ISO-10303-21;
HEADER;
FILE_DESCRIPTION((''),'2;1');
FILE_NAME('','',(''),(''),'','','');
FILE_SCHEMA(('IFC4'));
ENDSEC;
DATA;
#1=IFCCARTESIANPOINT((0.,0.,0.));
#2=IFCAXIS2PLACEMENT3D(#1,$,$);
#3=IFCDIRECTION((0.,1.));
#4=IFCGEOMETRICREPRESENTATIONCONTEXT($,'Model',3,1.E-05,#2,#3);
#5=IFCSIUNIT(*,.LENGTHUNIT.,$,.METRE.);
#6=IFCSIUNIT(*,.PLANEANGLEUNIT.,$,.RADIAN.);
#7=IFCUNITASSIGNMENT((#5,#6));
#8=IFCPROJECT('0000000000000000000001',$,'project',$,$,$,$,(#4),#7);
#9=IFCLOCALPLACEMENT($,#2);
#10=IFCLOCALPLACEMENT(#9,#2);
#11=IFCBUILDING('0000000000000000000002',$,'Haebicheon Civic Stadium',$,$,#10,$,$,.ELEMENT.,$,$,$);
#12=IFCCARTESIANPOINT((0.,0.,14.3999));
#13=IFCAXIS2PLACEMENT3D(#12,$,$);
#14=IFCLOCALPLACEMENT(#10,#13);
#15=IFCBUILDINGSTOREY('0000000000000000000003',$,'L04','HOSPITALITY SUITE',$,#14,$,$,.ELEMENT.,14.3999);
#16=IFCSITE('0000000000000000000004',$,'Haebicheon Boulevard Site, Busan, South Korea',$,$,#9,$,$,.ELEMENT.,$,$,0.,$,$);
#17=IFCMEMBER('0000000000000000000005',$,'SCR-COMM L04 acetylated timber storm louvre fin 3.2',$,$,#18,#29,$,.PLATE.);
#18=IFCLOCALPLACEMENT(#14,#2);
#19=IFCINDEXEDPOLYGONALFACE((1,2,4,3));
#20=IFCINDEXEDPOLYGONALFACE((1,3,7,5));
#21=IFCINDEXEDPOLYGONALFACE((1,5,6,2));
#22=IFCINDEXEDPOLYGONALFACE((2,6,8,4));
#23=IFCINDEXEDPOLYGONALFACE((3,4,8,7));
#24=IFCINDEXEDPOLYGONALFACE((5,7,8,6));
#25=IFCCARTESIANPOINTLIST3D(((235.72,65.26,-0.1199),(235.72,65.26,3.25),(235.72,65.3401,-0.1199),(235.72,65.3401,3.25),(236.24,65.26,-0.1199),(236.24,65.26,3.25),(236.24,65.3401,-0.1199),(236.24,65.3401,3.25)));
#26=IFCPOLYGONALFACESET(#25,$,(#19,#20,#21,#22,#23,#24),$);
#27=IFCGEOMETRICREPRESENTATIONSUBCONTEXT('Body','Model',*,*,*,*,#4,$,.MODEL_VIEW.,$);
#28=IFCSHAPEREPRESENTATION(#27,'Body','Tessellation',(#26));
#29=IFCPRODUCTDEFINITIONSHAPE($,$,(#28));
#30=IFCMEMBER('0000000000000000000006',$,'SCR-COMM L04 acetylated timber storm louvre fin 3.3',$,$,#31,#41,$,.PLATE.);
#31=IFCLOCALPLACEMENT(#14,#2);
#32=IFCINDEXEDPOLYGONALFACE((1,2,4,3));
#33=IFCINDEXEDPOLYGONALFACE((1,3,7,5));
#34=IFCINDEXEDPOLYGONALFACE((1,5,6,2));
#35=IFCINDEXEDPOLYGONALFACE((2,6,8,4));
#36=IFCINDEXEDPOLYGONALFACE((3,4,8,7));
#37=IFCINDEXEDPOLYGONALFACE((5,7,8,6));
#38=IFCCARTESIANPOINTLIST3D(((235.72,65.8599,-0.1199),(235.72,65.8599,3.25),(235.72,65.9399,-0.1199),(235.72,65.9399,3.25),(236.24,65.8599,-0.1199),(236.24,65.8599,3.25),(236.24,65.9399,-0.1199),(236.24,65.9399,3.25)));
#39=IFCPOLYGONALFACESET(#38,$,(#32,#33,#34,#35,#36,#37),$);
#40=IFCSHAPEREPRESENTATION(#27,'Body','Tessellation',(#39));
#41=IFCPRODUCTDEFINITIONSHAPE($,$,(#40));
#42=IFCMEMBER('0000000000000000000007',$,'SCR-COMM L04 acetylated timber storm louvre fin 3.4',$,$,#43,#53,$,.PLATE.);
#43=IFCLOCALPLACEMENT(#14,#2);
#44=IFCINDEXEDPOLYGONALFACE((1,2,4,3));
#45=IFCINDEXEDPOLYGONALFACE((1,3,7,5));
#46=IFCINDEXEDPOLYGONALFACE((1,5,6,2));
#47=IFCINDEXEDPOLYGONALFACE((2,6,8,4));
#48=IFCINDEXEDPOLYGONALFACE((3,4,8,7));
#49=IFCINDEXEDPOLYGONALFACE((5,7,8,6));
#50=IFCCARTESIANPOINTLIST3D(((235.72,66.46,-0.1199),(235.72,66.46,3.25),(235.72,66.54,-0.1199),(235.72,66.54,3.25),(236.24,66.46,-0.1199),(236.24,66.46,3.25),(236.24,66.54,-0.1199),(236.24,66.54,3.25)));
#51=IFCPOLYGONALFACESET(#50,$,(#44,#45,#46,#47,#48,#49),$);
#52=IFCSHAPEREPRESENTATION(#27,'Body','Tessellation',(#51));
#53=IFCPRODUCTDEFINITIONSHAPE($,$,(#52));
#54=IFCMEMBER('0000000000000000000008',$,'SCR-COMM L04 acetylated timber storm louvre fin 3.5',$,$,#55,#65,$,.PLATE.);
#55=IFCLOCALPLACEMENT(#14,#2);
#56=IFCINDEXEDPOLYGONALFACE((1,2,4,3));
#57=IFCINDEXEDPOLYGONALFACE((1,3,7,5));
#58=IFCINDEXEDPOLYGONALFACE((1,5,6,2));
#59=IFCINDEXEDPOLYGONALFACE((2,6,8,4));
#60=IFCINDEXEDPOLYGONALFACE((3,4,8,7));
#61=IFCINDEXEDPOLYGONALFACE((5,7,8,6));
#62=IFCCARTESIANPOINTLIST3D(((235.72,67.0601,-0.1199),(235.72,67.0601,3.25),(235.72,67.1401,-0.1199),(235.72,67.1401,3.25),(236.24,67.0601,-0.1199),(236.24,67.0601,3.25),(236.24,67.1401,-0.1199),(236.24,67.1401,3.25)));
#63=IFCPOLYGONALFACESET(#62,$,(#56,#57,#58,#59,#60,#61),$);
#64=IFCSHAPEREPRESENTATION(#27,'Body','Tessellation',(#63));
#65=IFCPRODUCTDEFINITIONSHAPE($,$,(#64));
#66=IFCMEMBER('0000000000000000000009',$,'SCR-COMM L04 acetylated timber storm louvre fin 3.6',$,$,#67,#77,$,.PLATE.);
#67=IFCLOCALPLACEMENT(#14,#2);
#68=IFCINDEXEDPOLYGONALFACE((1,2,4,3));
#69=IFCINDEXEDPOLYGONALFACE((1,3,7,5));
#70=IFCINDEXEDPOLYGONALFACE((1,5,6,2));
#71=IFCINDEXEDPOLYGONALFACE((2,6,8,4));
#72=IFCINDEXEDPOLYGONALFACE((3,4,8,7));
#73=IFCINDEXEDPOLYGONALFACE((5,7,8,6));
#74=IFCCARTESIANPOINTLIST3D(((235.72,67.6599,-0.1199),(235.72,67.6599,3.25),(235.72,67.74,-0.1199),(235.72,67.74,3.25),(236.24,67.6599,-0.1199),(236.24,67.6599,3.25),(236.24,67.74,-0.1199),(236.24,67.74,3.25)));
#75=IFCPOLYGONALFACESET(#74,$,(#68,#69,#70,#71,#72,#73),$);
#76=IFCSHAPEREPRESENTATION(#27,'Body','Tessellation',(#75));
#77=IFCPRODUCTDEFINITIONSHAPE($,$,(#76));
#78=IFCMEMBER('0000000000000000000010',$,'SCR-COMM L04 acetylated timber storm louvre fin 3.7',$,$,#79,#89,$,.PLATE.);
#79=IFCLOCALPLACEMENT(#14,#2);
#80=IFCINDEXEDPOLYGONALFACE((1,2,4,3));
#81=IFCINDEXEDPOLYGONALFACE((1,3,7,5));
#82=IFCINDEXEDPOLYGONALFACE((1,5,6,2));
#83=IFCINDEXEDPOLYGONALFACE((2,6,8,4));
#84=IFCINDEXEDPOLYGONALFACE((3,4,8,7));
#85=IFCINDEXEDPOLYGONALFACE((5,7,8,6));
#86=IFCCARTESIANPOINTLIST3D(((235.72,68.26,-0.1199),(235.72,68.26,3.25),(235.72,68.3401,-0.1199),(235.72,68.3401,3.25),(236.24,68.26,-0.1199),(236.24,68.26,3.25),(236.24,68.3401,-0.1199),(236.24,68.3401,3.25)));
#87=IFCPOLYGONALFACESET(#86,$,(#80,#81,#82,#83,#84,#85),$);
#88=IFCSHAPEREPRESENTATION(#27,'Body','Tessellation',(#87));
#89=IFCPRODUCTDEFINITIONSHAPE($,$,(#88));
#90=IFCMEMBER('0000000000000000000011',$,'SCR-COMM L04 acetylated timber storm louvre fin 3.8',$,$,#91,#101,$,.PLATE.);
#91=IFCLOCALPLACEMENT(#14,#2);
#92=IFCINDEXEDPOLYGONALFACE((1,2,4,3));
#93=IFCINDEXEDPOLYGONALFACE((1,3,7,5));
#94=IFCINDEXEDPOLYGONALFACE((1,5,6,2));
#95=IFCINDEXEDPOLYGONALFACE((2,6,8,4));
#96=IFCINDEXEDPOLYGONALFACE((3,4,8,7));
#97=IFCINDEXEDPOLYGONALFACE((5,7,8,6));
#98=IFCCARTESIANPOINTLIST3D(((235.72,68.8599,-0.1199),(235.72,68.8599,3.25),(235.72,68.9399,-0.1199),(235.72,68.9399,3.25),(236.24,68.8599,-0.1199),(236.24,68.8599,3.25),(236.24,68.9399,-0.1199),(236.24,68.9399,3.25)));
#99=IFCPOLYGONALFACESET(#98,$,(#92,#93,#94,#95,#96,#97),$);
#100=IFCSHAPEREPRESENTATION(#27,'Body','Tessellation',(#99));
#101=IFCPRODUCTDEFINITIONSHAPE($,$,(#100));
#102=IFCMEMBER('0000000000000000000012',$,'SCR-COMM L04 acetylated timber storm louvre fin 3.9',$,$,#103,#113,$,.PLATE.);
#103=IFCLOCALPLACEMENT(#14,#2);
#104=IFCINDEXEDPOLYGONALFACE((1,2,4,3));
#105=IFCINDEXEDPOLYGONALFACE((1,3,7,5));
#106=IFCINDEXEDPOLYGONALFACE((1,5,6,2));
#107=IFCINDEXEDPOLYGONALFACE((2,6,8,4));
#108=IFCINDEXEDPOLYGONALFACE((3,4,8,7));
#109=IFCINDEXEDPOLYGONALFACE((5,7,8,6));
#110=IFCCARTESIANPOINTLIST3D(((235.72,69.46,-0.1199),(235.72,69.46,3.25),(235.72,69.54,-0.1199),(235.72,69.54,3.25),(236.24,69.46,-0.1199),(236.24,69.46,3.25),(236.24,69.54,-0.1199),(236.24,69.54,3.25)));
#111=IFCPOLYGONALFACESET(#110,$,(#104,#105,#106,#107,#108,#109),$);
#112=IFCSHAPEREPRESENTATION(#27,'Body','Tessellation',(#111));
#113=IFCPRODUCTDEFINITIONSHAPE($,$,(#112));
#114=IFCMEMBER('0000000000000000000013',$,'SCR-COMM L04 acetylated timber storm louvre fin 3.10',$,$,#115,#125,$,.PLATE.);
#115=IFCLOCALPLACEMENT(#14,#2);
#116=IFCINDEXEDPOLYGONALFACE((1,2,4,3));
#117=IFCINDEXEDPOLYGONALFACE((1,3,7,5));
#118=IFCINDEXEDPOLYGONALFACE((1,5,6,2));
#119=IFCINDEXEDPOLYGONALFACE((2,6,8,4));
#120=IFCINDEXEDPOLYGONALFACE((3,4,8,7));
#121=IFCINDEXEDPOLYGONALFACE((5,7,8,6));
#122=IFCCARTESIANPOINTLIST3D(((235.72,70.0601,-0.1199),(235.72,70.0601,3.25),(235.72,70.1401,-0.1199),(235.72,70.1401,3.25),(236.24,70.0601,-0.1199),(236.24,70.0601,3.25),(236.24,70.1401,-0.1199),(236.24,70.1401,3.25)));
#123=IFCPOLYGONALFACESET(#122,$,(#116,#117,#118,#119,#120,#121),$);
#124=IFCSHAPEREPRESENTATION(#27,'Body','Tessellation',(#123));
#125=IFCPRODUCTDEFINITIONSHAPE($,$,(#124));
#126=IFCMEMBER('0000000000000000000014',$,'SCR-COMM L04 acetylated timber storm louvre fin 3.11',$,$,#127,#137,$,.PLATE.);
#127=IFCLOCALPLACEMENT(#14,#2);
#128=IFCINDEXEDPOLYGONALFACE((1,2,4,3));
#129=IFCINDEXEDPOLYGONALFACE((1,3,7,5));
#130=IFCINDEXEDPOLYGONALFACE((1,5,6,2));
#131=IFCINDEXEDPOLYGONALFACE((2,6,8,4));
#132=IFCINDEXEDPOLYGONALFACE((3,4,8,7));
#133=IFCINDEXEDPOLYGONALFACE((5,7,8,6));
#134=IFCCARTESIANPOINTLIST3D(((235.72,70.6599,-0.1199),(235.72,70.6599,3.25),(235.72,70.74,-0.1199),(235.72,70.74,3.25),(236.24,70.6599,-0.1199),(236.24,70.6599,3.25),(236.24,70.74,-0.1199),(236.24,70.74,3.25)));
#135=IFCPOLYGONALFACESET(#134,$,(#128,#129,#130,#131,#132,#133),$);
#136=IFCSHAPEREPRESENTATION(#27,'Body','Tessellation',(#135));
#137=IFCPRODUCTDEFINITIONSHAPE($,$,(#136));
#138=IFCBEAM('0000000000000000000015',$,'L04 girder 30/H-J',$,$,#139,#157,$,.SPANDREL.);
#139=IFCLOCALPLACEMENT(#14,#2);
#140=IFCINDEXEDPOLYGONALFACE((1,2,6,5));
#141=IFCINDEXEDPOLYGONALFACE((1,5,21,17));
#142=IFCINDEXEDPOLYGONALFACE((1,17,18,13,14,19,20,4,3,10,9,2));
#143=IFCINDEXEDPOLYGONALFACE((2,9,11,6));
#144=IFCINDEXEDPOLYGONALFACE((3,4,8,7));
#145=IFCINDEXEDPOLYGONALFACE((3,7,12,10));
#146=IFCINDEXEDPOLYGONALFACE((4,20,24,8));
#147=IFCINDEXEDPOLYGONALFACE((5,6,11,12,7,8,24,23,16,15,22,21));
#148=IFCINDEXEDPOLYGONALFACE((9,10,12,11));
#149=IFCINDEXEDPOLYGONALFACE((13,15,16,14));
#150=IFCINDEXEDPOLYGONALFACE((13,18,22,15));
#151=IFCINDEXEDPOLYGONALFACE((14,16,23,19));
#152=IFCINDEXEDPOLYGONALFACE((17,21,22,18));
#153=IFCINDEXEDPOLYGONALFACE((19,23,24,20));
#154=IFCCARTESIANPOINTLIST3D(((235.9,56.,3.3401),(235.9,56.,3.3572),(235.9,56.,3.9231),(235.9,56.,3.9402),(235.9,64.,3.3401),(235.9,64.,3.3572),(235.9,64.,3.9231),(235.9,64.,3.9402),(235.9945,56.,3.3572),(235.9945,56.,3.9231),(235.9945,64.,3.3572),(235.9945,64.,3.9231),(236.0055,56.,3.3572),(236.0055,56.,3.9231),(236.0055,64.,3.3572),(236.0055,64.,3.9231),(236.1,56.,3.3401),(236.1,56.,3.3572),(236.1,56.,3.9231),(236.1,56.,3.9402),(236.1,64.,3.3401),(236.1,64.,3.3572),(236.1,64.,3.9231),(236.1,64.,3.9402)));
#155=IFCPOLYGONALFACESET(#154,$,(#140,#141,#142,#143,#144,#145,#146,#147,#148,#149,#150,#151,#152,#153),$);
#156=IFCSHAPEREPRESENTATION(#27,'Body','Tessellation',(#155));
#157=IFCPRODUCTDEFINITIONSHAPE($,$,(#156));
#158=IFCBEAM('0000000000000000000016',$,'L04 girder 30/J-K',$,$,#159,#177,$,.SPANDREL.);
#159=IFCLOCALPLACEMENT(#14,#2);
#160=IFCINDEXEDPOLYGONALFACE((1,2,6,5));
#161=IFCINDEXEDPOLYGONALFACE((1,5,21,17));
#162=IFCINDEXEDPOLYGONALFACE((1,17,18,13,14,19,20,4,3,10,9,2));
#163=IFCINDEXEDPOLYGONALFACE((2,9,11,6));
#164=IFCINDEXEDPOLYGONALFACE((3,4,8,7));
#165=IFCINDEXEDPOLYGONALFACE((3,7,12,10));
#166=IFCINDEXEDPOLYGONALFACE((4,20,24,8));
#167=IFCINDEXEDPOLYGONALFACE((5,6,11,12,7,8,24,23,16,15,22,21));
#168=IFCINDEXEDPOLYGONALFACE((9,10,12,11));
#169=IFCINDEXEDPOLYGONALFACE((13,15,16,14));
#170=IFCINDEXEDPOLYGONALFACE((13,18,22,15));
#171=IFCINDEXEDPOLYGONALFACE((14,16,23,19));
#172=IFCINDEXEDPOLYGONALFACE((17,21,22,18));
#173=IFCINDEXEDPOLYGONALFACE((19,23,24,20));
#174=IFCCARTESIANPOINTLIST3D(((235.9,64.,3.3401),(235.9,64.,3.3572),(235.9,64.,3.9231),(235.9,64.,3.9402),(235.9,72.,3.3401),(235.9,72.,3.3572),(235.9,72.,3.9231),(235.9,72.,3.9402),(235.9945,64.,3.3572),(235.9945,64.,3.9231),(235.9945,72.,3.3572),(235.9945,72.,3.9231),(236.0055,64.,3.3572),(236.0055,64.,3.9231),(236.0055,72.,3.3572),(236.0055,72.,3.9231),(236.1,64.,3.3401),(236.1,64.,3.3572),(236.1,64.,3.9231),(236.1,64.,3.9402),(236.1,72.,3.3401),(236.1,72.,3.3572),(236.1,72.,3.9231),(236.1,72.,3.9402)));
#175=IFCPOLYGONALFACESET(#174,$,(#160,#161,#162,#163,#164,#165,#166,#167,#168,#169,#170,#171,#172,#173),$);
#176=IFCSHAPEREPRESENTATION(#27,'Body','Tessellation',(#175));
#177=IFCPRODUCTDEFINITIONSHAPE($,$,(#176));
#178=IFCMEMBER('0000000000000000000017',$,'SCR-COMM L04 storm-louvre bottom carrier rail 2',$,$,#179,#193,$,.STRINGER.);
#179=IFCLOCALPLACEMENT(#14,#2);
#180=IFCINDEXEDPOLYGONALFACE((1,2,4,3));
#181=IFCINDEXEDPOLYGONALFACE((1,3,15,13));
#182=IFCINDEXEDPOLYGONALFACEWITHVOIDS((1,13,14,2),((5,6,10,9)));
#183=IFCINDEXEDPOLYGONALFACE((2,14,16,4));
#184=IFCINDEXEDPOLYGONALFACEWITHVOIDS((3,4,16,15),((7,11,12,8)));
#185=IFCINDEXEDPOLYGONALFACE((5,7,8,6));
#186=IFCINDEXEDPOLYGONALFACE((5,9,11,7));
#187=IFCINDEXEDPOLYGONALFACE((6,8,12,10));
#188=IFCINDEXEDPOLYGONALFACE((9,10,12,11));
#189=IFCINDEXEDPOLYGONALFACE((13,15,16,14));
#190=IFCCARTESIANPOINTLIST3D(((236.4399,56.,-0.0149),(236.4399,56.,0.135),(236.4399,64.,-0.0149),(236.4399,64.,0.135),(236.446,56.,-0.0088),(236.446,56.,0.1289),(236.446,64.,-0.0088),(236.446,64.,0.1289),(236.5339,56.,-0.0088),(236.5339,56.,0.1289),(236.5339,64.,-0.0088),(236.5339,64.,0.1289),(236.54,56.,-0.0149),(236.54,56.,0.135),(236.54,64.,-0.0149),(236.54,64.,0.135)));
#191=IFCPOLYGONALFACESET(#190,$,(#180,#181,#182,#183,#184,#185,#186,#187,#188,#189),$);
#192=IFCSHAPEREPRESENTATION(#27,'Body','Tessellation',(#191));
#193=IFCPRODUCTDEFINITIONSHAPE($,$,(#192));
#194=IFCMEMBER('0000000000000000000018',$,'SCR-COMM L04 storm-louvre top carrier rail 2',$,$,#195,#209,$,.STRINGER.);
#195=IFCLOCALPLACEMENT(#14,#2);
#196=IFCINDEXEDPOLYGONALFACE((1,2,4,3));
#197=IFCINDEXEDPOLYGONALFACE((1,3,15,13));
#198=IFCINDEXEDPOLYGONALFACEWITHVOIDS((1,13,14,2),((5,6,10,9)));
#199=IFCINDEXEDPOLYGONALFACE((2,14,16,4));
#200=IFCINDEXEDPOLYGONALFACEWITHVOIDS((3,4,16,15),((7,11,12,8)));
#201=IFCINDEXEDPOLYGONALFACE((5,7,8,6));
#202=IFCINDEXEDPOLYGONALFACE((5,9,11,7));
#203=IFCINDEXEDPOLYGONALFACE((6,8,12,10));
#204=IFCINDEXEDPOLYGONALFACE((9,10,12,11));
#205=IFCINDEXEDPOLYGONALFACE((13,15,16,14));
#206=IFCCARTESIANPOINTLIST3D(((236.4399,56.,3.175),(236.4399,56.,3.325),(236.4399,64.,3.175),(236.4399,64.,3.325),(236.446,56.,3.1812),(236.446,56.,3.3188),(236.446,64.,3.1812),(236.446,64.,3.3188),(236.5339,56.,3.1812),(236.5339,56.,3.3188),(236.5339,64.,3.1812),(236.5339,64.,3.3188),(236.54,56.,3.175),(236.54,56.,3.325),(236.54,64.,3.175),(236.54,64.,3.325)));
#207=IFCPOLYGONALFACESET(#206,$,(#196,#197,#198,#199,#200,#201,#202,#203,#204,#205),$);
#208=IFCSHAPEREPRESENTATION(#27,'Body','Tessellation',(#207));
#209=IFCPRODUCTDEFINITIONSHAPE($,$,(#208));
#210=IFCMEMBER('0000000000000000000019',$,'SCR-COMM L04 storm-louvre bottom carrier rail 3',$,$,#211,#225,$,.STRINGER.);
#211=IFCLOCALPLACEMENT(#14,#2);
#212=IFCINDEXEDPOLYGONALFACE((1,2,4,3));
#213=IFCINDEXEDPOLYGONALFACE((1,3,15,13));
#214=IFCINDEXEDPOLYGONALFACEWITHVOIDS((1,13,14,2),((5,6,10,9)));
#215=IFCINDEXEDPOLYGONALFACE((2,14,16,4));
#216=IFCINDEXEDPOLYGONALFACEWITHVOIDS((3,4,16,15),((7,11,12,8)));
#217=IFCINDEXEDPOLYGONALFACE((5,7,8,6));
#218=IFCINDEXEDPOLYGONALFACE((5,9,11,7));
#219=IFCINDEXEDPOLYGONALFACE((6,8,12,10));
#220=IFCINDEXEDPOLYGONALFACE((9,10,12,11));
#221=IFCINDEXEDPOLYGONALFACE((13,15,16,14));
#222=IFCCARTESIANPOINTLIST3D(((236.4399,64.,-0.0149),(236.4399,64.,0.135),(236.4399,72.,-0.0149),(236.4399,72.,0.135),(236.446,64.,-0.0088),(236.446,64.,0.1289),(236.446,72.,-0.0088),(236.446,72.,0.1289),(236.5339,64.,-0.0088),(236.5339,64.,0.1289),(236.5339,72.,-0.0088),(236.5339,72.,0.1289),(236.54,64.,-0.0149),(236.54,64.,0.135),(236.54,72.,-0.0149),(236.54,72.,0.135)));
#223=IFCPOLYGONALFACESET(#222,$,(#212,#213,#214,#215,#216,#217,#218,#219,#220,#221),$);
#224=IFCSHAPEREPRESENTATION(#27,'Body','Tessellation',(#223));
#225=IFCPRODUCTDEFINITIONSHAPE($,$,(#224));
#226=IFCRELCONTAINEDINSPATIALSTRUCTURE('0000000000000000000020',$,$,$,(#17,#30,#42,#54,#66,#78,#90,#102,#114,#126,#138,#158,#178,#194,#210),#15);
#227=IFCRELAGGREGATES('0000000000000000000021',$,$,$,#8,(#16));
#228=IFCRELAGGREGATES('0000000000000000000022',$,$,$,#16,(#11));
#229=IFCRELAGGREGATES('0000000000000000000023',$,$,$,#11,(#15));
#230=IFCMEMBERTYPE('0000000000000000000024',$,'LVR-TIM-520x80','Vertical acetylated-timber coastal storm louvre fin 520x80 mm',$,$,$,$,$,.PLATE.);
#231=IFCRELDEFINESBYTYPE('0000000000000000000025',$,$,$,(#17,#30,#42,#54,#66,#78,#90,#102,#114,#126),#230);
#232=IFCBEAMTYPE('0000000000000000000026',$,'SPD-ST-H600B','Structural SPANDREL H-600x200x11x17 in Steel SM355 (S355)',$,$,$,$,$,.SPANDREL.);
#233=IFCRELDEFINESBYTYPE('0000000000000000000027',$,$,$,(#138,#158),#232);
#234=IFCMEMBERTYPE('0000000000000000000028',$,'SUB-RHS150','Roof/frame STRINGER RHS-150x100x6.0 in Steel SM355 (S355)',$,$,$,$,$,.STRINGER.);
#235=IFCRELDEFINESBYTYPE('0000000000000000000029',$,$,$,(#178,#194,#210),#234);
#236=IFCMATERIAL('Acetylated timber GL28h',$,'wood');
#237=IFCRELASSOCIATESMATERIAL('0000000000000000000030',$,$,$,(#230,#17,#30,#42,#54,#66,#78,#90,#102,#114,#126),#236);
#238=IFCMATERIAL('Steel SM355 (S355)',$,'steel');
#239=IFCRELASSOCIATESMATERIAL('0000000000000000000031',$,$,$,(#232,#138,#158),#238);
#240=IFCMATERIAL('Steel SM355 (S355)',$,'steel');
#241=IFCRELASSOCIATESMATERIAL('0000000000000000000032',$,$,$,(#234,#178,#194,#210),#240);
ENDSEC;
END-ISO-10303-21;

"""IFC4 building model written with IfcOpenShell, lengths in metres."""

from ifc_helpers import new_model, si_unit, direction, frame, origin, origin_2d, place, context, subcontext, project, spatial, rectangle, hollow_rectangle, i_section, extrude, material, material_profile, profile_set, type_object, element, save


model = new_model("IFC4")

# Units and contexts
model_context = context("Model", 3, precision=1e-05, world=origin(), true_north=direction((0.0, 1.0)))
body_context = subcontext(model_context, "Body", "Model", "MODEL_VIEW")
ifc_project = project(units=[si_unit("LENGTHUNIT", "METRE"), si_unit("PLANEANGLEUNIT", "RADIAN")], contexts=[model_context])

# Site, building, storey
site_placement = place(None, origin())
site = spatial("IfcSite", under=ifc_project, at=site_placement, Name="Haebicheon Boulevard Site, Busan, South Korea", CompositionType="ELEMENT", RefElevation=0.0)
building_placement = place(site_placement, origin())
building = spatial("IfcBuilding", under=site, at=building_placement, Name="Haebicheon Civic Stadium", CompositionType="ELEMENT")
storey_placement = place(building_placement, frame((0.0, 0.0, 14.3999)))
storey = spatial("IfcBuildingStorey", under=building, at=storey_placement, Name="L04", Description="HOSPITALITY SUITE", CompositionType="ELEMENT", Elevation=14.3999)

# Members
ifc_material_1 = material(Name="Acetylated timber GL28h", Category="wood")
ifc_material_profile_1 = material_profile(ifc_material_1, rectangle(XDim=0.0801, YDim=0.52, at=origin_2d()), Name="TMB-LOUV-80x520")
ifc_profile_set_1 = profile_set([ifc_material_profile_1], Name="Acetylated timber GL28h")
member_type_1 = type_object("IfcMemberType", Name="LVR-TIM-520x80", Description="Vertical acetylated-timber coastal storm louvre fin 520x80 mm", PredefinedType="PLATE", material=ifc_profile_set_1)
for number, where, z_axis, x_axis, name in (
    (1, (235.98, 65.3, -0.1199), (0.0, 0.0, 1.0), (0.0, 1.0, 0.0), "SCR-COMM L04 acetylated timber storm louvre fin 3.2"),
    (2, (235.98, 65.8999, -0.1199), (0.0, 0.0, 1.0), (0.0, 1.0, 0.0), "SCR-COMM L04 acetylated timber storm louvre fin 3.3"),
    (3, (235.98, 66.5, -0.1199), (0.0, 0.0, 1.0), (0.0, 1.0, 0.0), "SCR-COMM L04 acetylated timber storm louvre fin 3.4"),
    (4, (235.98, 67.1001, -0.1199), (0.0, 0.0, 1.0), (0.0, 1.0, 0.0), "SCR-COMM L04 acetylated timber storm louvre fin 3.5"),
    (5, (235.98, 67.7, -0.1199), (0.0, 0.0, 1.0), (0.0, 1.0, 0.0), "SCR-COMM L04 acetylated timber storm louvre fin 3.6"),
    (6, (235.98, 68.3, -0.1199), (0.0, 0.0, 1.0), (0.0, 1.0, 0.0), "SCR-COMM L04 acetylated timber storm louvre fin 3.7"),
    (7, (235.98, 68.8999, -0.1199), (0.0, 0.0, 1.0), (0.0, 1.0, 0.0), "SCR-COMM L04 acetylated timber storm louvre fin 3.8"),
    (8, (235.98, 69.5, -0.1199), (0.0, 0.0, 1.0), (0.0, 1.0, 0.0), "SCR-COMM L04 acetylated timber storm louvre fin 3.9"),
    (9, (235.98, 70.1001, -0.1199), (0.0, 0.0, 1.0), (0.0, 1.0, 0.0), "SCR-COMM L04 acetylated timber storm louvre fin 3.10"),
    (10, (235.98, 70.7, -0.1199), (0.0, 0.0, 1.0), (0.0, 1.0, 0.0), "SCR-COMM L04 acetylated timber storm louvre fin 3.11"),
):
    element("IfcMember", number, at=place(storey_placement, frame(where, z_axis=z_axis, x_axis=x_axis)), inside=storey, type_object=member_type_1, material=ifc_profile_set_1, Name=name, PredefinedType="PLATE", context=body_context, shape_type="SweptSolid", body=[
        extrude(rectangle(XDim=0.0801, YDim=0.52, at=origin_2d()), origin(), (0.0, 0.0, 1.0), 3.3699),
    ])

# Beams
ifc_material_2 = material(Name="Steel SM355 (S355)", Category="steel")
ifc_material_profile_2 = material_profile(ifc_material_2, i_section(OverallWidth=0.2, OverallDepth=0.6001, WebThickness=0.011, FlangeThickness=0.0171, at=origin_2d()), Name="H-600x200x11x17")
ifc_profile_set_2 = profile_set([ifc_material_profile_2], Name="Steel SM355 (S355)")
beam_type = type_object("IfcBeamType", Name="SPD-ST-H600B", Description="Structural SPANDREL H-600x200x11x17 in Steel SM355 (S355)", PredefinedType="SPANDREL", material=ifc_profile_set_2)
for number, where, z_axis, x_axis, name in (
    (11, (236.0, 56.0, 3.6401), (0.0, 1.0, 0.0), (-1.0, 0.0, 0.0), "L04 girder 30/H-J"),
    (12, (236.0, 64.0, 3.6401), (0.0, 1.0, 0.0), (-1.0, 0.0, 0.0), "L04 girder 30/J-K"),
):
    element("IfcBeam", number, at=place(storey_placement, frame(where, z_axis=z_axis, x_axis=x_axis)), inside=storey, type_object=beam_type, material=ifc_profile_set_2, Name=name, PredefinedType="SPANDREL", context=body_context, shape_type="SweptSolid", body=[
        extrude(i_section(OverallWidth=0.2, OverallDepth=0.6001, WebThickness=0.011, FlangeThickness=0.0171, at=origin_2d()), origin(), (0.0, 0.0, 1.0), 8.0),
    ])

# Members
ifc_material_3 = material(Name="Steel SM355 (S355)", Category="steel")
ifc_material_profile_3 = material_profile(ifc_material_3, hollow_rectangle(XDim=0.1001, YDim=0.1499, WallThickness=0.0061, at=origin_2d()), Name="RHS-150x100x6.0")
ifc_profile_set_3 = profile_set([ifc_material_profile_3], Name="Steel SM355 (S355)")
member_type_2 = type_object("IfcMemberType", Name="SUB-RHS150", Description="Roof/frame STRINGER RHS-150x100x6.0 in Steel SM355 (S355)", PredefinedType="STRINGER", material=ifc_profile_set_3)
for number, where, z_axis, x_axis, name in (
    (13, (236.49, 56.0, 0.0601), (0.0, 1.0, 0.0), (-1.0, 0.0, 0.0), "SCR-COMM L04 storm-louvre bottom carrier rail 2"),
    (14, (236.49, 56.0, 3.25), (0.0, 1.0, 0.0), (-1.0, 0.0, 0.0), "SCR-COMM L04 storm-louvre top carrier rail 2"),
    (15, (236.49, 64.0, 0.0601), (0.0, 1.0, 0.0), (-1.0, 0.0, 0.0), "SCR-COMM L04 storm-louvre bottom carrier rail 3"),
):
    element("IfcMember", number, at=place(storey_placement, frame(where, z_axis=z_axis, x_axis=x_axis)), inside=storey, type_object=member_type_2, material=ifc_profile_set_3, Name=name, PredefinedType="STRINGER", context=body_context, shape_type="SweptSolid", body=[
        extrude(hollow_rectangle(XDim=0.1001, YDim=0.1499, WallThickness=0.0061, at=origin_2d()), origin(), (0.0, 0.0, 1.0), 8.0),
    ])

save(model, "model.ifc")
